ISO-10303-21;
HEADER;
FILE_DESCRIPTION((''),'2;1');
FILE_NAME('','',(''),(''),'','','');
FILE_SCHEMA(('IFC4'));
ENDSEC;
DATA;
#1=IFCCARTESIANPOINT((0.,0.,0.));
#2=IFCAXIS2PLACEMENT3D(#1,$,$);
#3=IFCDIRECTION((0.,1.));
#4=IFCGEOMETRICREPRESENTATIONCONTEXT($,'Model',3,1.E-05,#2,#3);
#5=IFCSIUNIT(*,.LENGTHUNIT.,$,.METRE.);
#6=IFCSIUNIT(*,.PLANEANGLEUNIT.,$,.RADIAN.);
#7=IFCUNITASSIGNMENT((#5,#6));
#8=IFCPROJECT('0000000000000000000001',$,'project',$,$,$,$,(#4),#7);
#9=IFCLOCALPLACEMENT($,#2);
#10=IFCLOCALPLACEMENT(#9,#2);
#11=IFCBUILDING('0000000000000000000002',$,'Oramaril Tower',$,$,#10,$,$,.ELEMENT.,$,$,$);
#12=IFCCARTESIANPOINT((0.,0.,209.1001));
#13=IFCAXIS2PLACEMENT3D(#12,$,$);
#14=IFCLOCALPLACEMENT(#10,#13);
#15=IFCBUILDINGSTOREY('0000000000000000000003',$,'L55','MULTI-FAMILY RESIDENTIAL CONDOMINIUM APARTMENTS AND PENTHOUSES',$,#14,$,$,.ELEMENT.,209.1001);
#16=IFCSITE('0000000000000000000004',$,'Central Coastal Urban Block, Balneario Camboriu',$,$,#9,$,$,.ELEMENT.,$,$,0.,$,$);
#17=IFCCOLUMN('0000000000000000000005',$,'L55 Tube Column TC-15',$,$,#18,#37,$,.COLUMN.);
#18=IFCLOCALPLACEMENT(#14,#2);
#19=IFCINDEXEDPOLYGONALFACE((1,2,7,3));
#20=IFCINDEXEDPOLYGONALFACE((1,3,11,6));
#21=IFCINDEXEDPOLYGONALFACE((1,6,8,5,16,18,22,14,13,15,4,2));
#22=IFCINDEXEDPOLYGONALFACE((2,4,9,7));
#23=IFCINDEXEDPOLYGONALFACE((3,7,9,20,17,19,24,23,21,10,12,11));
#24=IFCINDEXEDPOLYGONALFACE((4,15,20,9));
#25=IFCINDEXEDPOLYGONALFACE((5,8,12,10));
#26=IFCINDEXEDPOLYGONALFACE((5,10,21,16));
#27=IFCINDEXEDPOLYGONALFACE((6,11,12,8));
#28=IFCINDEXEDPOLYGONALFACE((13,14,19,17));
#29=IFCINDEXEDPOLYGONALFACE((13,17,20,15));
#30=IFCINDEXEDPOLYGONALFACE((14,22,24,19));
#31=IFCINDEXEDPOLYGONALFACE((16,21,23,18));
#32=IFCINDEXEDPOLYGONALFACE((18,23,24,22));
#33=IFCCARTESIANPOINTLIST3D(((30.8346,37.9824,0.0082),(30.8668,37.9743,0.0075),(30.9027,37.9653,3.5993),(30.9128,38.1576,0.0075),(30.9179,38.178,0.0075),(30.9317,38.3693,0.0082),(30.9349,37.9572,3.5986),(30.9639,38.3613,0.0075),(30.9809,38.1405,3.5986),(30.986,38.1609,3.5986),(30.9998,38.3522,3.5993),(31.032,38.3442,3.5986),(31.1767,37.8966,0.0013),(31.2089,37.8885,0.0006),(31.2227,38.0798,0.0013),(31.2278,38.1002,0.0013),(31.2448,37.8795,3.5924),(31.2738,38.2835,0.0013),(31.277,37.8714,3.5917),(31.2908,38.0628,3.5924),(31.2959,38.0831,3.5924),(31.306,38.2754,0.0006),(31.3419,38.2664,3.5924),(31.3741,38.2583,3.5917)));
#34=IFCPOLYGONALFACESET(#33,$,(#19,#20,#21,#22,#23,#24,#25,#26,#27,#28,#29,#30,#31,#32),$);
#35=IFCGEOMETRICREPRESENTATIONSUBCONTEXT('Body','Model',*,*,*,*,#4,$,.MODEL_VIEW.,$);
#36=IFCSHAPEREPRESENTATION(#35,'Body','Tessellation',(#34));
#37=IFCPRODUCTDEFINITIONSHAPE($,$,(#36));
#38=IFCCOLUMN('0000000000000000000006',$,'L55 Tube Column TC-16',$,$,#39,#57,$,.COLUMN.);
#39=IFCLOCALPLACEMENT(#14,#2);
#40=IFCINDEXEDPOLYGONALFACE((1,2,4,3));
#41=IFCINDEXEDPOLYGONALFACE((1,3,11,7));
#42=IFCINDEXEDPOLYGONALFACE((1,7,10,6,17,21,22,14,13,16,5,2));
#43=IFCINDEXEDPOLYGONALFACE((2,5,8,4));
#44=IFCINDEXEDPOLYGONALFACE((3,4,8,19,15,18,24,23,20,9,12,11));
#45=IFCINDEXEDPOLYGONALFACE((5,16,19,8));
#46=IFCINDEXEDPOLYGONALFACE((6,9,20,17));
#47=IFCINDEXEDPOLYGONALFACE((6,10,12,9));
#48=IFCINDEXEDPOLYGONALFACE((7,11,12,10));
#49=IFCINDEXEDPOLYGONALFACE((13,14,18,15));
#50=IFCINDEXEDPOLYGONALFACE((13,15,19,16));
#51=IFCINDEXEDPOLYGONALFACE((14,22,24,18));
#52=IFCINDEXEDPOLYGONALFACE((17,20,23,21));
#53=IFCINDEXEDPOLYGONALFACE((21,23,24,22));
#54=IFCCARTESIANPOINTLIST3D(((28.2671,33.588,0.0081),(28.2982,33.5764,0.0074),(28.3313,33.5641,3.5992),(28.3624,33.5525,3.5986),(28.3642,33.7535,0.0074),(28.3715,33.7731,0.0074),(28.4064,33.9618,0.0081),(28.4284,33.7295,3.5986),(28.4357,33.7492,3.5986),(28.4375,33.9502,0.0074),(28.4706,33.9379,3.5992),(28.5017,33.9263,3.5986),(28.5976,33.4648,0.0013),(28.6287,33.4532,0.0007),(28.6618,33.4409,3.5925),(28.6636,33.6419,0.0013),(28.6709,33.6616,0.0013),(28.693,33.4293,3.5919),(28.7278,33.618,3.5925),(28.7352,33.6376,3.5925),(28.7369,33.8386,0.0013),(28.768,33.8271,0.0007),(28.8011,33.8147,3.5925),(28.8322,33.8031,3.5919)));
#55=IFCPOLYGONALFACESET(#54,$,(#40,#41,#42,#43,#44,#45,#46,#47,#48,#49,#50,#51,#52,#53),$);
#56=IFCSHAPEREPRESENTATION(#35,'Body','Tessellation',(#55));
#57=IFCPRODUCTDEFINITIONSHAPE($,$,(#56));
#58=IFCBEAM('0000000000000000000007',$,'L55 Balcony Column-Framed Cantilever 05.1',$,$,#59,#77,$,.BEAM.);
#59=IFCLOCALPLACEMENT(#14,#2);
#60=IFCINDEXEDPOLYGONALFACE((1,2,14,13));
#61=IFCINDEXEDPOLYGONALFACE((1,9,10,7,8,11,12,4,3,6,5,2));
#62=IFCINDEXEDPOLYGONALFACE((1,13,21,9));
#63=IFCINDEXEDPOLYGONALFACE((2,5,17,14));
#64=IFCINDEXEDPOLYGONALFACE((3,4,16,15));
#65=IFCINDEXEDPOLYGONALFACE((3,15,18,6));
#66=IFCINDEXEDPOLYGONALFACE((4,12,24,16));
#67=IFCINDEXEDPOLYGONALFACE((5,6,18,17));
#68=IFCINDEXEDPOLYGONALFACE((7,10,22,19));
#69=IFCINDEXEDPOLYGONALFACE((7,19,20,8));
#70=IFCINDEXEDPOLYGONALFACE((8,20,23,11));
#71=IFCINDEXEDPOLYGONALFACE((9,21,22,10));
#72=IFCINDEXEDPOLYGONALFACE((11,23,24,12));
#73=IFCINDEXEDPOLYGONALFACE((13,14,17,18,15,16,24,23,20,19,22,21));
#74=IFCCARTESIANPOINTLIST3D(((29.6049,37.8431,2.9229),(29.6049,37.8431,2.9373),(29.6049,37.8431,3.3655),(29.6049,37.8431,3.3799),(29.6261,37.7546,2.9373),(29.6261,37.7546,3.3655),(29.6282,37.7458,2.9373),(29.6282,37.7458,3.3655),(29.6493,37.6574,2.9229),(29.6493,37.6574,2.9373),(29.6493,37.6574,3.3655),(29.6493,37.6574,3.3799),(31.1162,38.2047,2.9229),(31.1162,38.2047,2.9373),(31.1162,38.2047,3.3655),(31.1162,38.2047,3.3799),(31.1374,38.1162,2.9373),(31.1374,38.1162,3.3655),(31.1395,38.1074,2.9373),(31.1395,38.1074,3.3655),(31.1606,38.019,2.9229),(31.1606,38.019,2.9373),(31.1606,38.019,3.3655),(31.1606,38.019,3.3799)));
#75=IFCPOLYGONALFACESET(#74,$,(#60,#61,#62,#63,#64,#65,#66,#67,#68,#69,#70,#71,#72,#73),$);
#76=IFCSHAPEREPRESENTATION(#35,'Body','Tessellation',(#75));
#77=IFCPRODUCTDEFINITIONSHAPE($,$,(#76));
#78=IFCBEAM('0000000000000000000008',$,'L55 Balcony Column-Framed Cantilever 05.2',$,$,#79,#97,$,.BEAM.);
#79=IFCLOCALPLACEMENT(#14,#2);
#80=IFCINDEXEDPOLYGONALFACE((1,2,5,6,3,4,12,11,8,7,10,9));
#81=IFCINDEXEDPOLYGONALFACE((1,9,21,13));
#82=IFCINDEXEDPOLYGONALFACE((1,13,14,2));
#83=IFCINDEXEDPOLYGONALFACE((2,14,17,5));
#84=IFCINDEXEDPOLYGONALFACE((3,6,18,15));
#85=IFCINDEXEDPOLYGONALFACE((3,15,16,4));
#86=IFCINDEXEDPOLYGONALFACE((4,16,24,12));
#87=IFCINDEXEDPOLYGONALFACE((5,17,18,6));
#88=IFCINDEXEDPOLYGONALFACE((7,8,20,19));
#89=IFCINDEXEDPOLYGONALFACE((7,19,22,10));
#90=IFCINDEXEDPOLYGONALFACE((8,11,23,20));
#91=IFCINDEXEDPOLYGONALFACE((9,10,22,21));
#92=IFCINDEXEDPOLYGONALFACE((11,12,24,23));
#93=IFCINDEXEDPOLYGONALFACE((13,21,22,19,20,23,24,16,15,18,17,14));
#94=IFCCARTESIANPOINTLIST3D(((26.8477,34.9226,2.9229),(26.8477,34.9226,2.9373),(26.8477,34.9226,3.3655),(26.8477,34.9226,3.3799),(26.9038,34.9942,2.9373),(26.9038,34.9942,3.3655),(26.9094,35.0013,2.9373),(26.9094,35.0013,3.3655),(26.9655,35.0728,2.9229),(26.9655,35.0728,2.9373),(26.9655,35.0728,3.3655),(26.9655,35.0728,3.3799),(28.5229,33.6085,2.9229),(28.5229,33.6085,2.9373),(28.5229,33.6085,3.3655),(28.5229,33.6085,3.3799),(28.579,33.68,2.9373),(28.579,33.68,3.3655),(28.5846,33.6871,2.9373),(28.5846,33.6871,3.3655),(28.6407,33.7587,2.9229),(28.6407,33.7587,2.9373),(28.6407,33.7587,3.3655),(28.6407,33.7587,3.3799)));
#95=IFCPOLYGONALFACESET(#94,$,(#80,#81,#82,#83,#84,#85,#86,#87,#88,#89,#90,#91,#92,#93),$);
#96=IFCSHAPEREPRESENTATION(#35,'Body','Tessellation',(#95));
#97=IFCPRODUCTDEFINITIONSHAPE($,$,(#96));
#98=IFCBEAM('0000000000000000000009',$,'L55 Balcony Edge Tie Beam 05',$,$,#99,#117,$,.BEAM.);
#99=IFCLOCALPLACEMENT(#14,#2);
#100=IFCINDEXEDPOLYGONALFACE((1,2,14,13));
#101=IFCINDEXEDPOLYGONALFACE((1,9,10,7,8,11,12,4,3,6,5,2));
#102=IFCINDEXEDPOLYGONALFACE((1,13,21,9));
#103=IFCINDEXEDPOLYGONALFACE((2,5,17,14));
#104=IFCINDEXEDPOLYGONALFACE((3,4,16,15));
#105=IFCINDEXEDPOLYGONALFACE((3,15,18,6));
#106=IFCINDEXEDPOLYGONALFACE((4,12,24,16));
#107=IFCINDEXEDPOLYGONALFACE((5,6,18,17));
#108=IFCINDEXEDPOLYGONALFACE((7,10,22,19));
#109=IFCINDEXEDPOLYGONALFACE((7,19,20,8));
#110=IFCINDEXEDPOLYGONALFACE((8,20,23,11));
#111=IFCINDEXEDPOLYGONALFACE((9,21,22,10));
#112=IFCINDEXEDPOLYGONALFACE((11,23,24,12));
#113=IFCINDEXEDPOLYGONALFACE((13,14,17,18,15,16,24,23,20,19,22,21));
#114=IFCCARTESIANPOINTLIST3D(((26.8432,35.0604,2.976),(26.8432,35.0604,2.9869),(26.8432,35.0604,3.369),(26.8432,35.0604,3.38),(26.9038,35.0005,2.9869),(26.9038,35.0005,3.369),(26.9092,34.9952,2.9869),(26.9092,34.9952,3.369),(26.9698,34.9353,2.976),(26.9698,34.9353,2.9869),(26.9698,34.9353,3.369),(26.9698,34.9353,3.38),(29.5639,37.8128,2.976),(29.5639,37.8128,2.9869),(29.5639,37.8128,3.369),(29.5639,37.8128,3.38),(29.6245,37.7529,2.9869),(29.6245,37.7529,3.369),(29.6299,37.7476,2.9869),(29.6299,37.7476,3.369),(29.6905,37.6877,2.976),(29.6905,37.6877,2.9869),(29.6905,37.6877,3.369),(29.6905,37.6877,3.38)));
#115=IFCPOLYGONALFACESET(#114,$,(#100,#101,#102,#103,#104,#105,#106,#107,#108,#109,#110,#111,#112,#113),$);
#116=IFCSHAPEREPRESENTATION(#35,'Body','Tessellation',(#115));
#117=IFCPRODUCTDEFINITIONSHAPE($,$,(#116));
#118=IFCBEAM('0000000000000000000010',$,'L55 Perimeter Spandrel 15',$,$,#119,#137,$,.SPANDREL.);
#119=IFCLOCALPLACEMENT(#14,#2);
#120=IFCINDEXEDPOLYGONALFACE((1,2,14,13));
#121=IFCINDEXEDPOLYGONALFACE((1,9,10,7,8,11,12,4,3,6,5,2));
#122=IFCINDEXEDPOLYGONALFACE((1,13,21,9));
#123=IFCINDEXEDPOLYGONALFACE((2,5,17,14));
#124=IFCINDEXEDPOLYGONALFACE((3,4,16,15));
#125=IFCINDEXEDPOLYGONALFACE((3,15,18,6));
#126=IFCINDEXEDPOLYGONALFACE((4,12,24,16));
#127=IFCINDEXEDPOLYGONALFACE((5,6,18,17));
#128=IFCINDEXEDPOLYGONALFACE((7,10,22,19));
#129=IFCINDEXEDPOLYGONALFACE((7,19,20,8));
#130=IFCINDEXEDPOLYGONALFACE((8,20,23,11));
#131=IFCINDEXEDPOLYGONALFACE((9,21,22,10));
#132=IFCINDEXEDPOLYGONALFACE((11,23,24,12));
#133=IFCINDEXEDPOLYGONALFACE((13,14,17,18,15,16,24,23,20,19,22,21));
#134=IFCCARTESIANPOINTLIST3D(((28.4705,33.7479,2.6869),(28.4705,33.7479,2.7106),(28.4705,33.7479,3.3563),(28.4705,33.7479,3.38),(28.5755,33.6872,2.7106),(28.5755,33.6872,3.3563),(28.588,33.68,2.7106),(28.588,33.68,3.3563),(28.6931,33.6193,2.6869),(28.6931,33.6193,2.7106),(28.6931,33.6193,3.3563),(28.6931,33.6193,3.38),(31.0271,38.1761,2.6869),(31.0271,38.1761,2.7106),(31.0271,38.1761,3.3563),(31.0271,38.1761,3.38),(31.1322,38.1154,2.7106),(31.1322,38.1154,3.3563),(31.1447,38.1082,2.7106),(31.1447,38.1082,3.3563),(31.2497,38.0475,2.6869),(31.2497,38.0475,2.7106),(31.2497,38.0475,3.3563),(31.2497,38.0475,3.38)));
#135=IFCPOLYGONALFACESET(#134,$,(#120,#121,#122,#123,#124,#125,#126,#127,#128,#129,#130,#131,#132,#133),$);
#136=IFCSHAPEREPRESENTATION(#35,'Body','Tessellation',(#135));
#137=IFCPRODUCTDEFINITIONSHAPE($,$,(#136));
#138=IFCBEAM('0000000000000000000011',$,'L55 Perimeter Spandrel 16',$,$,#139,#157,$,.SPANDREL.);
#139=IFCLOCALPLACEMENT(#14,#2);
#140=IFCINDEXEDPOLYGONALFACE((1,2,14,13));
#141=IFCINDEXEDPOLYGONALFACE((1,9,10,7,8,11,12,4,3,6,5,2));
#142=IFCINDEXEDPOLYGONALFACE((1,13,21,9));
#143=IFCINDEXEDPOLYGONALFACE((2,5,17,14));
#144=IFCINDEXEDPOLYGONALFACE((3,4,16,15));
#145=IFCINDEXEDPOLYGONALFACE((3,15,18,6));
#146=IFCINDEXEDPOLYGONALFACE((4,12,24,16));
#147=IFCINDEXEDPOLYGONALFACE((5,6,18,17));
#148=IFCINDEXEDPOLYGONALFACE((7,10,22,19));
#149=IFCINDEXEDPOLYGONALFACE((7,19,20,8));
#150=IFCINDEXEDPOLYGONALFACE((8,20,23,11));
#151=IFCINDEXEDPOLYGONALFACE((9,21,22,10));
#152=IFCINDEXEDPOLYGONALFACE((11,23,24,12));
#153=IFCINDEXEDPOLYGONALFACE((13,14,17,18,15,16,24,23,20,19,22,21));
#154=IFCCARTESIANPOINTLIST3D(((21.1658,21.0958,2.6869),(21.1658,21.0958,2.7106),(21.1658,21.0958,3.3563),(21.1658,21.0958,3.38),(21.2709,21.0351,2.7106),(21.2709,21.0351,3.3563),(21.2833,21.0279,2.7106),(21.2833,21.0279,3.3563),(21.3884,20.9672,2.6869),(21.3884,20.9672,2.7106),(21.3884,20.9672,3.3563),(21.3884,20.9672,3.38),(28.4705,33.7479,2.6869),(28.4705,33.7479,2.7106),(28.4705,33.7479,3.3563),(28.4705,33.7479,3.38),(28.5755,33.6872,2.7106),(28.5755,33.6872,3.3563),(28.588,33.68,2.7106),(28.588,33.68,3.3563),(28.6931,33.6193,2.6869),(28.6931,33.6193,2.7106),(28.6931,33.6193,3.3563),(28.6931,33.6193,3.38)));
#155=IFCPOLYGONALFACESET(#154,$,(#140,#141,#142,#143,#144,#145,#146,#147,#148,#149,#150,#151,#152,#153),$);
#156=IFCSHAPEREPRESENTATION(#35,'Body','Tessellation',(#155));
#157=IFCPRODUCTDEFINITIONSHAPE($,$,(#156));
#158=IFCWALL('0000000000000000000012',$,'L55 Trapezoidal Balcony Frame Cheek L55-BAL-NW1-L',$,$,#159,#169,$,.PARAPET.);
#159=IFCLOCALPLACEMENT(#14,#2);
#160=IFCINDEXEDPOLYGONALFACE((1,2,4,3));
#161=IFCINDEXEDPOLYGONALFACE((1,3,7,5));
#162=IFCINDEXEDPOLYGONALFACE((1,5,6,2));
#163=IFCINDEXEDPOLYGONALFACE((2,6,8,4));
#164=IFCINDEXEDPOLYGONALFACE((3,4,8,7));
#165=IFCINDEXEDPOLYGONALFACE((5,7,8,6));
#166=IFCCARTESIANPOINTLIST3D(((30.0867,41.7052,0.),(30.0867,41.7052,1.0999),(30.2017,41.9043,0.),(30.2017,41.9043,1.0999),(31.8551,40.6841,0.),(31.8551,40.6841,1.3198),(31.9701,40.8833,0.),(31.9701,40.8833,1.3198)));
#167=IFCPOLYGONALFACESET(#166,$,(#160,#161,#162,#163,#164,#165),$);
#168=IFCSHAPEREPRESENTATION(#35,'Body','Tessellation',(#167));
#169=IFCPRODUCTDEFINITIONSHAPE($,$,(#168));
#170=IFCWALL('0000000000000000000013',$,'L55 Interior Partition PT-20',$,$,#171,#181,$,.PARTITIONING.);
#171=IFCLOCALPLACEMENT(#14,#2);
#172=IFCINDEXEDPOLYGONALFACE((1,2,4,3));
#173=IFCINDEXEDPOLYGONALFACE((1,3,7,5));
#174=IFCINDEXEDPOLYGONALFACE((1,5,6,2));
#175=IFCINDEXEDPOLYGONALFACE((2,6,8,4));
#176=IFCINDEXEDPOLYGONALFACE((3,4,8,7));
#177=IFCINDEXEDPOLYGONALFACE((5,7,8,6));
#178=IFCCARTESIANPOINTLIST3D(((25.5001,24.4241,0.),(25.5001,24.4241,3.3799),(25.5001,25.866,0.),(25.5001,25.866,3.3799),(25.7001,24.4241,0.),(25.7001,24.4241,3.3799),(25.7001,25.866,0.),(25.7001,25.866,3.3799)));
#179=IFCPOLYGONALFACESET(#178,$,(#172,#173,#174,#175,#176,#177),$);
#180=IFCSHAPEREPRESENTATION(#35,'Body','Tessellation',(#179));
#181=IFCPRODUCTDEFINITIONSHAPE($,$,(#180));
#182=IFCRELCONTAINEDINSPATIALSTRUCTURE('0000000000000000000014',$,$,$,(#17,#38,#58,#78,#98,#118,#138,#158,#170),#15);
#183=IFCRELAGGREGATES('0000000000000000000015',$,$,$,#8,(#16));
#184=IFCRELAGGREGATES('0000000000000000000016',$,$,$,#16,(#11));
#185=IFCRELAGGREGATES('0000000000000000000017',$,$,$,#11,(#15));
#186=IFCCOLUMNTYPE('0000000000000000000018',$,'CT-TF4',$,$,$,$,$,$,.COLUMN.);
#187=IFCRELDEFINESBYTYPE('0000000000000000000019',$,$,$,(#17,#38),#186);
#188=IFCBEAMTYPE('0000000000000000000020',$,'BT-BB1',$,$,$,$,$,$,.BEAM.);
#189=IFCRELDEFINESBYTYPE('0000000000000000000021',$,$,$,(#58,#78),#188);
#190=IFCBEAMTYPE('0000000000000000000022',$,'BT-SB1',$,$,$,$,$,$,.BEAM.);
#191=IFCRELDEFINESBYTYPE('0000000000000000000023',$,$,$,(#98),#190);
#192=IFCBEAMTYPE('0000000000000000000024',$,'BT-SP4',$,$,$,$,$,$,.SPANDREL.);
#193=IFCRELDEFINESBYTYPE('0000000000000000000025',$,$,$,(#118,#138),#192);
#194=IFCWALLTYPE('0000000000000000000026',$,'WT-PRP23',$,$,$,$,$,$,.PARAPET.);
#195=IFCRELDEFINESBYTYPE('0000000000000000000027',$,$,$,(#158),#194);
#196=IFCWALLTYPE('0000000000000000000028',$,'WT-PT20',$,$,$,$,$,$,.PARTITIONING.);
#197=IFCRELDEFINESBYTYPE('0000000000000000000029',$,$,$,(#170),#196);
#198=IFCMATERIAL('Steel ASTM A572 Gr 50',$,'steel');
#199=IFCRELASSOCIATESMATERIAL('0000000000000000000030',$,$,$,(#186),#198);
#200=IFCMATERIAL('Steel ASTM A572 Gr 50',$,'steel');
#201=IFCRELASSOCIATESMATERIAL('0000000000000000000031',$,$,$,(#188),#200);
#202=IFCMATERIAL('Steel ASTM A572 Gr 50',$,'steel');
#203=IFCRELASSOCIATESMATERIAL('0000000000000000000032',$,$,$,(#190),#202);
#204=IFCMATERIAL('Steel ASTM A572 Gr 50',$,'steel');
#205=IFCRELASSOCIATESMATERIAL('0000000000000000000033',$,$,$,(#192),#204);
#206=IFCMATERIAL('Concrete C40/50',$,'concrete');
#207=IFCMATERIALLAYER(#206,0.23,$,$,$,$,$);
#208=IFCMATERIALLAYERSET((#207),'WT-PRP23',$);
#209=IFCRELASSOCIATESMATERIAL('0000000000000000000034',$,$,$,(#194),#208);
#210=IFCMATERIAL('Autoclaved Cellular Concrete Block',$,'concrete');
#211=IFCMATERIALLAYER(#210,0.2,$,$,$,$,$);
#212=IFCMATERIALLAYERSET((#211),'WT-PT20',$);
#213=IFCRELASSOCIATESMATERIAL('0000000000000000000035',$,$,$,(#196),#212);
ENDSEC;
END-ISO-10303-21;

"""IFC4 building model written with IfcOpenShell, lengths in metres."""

from ifc_helpers import new_model, si_unit, direction, frame, frame_2d, origin, origin_2d, place, context, subcontext, project, spatial, polyline, rectangle, i_section, outline, extrude, material, layer, layer_set, material_profile, profile_set, type_object, element, save


model = new_model("IFC4")

# Units and contexts
model_context = context("Model", 3, precision=1e-05, world=origin(), true_north=direction((0.0, 1.0)))
body_context = subcontext(model_context, "Body", "Model", "MODEL_VIEW")
ifc_project = project(units=[si_unit("LENGTHUNIT", "METRE"), si_unit("PLANEANGLEUNIT", "RADIAN")], contexts=[model_context])

# Site, building, storey
site_placement = place(None, origin())
site = spatial("IfcSite", under=ifc_project, at=site_placement, Name="Central Coastal Urban Block, Balneario Camboriu", CompositionType="ELEMENT", RefElevation=0.0)
building_placement = place(site_placement, origin())
building = spatial("IfcBuilding", under=site, at=building_placement, Name="Oramaril Tower", CompositionType="ELEMENT")
storey_placement = place(building_placement, frame((0.0, 0.0, 209.1001)))
storey = spatial("IfcBuildingStorey", under=building, at=storey_placement, Name="L55", Description="MULTI-FAMILY RESIDENTIAL CONDOMINIUM APARTMENTS AND PENTHOUSES", CompositionType="ELEMENT", Elevation=209.1001)

# Columns
ifc_material_1 = material(Name="Steel ASTM A572 Gr 50", Category="steel")
ifc_material_profile_1 = material_profile(ifc_material_1, i_section(OverallWidth=0.3989, OverallDepth=0.386, WebThickness=0.021, FlangeThickness=0.0332, at=origin_2d()), Name="W14X176")
ifc_profile_set_1 = profile_set([ifc_material_profile_1], Name="Steel ASTM A572 Gr 50")
column_type = type_object("IfcColumnType", Name="CT-TF4", PredefinedType="COLUMN", material=ifc_profile_set_1)
for number, where, z_axis, x_axis, name in (
    (1, (31.0703, 38.1289, 0.0044), (0.018964, -0.004758, 0.999809), (0.243354, 0.969938, 0.0), "L55 Tube Column TC-15"),
    (2, (28.5176, 33.7075, 0.0044), (0.017877, -0.006661, 0.999818), (0.34917, 0.937059, 0.0), "L55 Tube Column TC-16"),
):
    element("IfcColumn", number, at=place(storey_placement, frame(where, z_axis=z_axis, x_axis=x_axis)), inside=storey, type_object=column_type, Name=name, PredefinedType="COLUMN", context=body_context, shape_type="SweptSolid", body=[
        extrude(i_section(OverallWidth=0.3989, OverallDepth=0.386, WebThickness=0.021, FlangeThickness=0.0332, at=origin_2d()), origin(), (0.0, 0.0, 1.0), 3.5918),
    ])

# Beams
ifc_material_2 = material(Name="Steel ASTM A572 Gr 50", Category="steel")
ifc_material_profile_2 = material_profile(ifc_material_2, i_section(OverallWidth=0.1909, OverallDepth=0.457, WebThickness=0.009, FlangeThickness=0.0144, at=origin_2d()), Name="W18X50")
ifc_profile_set_2 = profile_set([ifc_material_profile_2], Name="Steel ASTM A572 Gr 50")
beam_type_1 = type_object("IfcBeamType", Name="BT-BB1", PredefinedType="BEAM", material=ifc_profile_set_2)
beam_1_placement = place(storey_placement, frame((31.1384, 38.1118, 3.1514), z_axis=(-0.972551, -0.23269, 0.0), x_axis=(0.23269, -0.972551, 0.0)))
element("IfcBeam", 3, at=beam_1_placement, inside=storey, type_object=beam_type_1, Name="L55 Balcony Column-Framed Cantilever 05.1", PredefinedType="BEAM", context=body_context, shape_type="SweptSolid", body=[
    extrude(i_section(OverallWidth=0.1909, OverallDepth=0.457, WebThickness=0.009, FlangeThickness=0.0144, at=origin_2d()), origin(), (0.0, 0.0, 1.0), 1.554),
])
beam_2_placement = place(storey_placement, frame((28.5818, 33.6836, 3.1514), z_axis=(-0.786796, 0.617214, 0.0), x_axis=(-0.617214, -0.786796, 0.0)))
element("IfcBeam", 4, at=beam_2_placement, inside=storey, type_object=beam_type_1, Name="L55 Balcony Column-Framed Cantilever 05.2", PredefinedType="BEAM", context=body_context, shape_type="SweptSolid", body=[
    extrude(i_section(OverallWidth=0.1909, OverallDepth=0.457, WebThickness=0.009, FlangeThickness=0.0144, at=origin_2d()), origin(), (0.0, 0.0, 1.0), 2.1292),
])
ifc_material_3 = material(Name="Steel ASTM A572 Gr 50", Category="steel")
ifc_material_profile_3 = material_profile(ifc_material_3, i_section(OverallWidth=0.178, OverallDepth=0.4041, WebThickness=0.0076, FlangeThickness=0.011, at=origin_2d()), Name="W16X36")
ifc_profile_set_3 = profile_set([ifc_material_profile_3], Name="Steel ASTM A572 Gr 50")
beam_type_2 = type_object("IfcBeamType", Name="BT-SB1", PredefinedType="BEAM", material=ifc_profile_set_3)
beam_3_placement = place(storey_placement, frame((29.6272, 37.7502, 3.178), z_axis=(-0.702995, -0.711195, 0.0), x_axis=(0.711195, -0.702995, 0.0)))
element("IfcBeam", 5, at=beam_3_placement, inside=storey, type_object=beam_type_2, Name="L55 Balcony Edge Tie Beam 05", PredefinedType="BEAM", context=body_context, shape_type="SweptSolid", body=[
    extrude(i_section(OverallWidth=0.178, OverallDepth=0.4041, WebThickness=0.0076, FlangeThickness=0.011, at=origin_2d()), origin(), (0.0, 0.0, 1.0), 3.8701),
])
ifc_material_4 = material(Name="Steel ASTM A572 Gr 50", Category="steel")
ifc_material_profile_4 = material_profile(ifc_material_4, i_section(OverallWidth=0.2571, OverallDepth=0.6931, WebThickness=0.0144, FlangeThickness=0.0237, at=origin_2d()), Name="W27X114")
ifc_profile_set_4 = profile_set([ifc_material_profile_4], Name="Steel ASTM A572 Gr 50")
beam_type_3 = type_object("IfcBeamType", Name="BT-SP4", PredefinedType="SPANDREL", material=ifc_profile_set_4)
beam_4_placement = place(storey_placement, frame((31.1384, 38.1118, 3.0334), z_axis=(-0.500001, -0.866025, 0.0), x_axis=(0.866025, -0.500001, 0.0)))
element("IfcBeam", 6, at=beam_4_placement, inside=storey, type_object=beam_type_3, Name="L55 Perimeter Spandrel 15", PredefinedType="SPANDREL", context=body_context, shape_type="SweptSolid", body=[
    extrude(i_section(OverallWidth=0.2571, OverallDepth=0.6931, WebThickness=0.0144, FlangeThickness=0.0237, at=origin_2d()), origin(), (0.0, 0.0, 1.0), 5.1133),
])
beam_5_placement = place(storey_placement, frame((28.5818, 33.6836, 3.0334), z_axis=(-0.5, -0.866026, 0.0), x_axis=(0.866026, -0.5, 0.0)))
element("IfcBeam", 7, at=beam_5_placement, inside=storey, type_object=beam_type_3, Name="L55 Perimeter Spandrel 16", PredefinedType="SPANDREL", context=body_context, shape_type="SweptSolid", body=[
    extrude(i_section(OverallWidth=0.2571, OverallDepth=0.6931, WebThickness=0.0144, FlangeThickness=0.0237, at=origin_2d()), origin(), (0.0, 0.0, 1.0), 14.6094),
])

# Wall
ifc_material_5 = material(Name="Concrete C40/50", Category="concrete")
ifc_layer_1 = layer(ifc_material_5, 0.23)
ifc_layer_set_1 = layer_set([ifc_layer_1], Name="WT-PRP23")
wall_type_1 = type_object("IfcWallType", Name="WT-PRP23", PredefinedType="PARAPET", material=ifc_layer_set_1)
wall_1_placement = place(storey_placement, frame((31.9126, 40.7837, 0.0), z_axis=(0.0, 0.0, 1.0), x_axis=(-0.866012, 0.500023, 0.0)))
element("IfcWall", 8, at=wall_1_placement, inside=storey, type_object=wall_type_1, Name="L55 Trapezoidal Balcony Frame Cheek L55-BAL-NW1-L", PredefinedType="PARAPET", context=body_context, shape_type="SweptSolid", body=[
    extrude(outline(polyline([(0.0, 0.0), (2.042, 0.0), (2.042, 1.0999), (0.0, 1.3198), (0.0, 0.0)])), frame((0.0, 0.115, 0.0), z_axis=(0.0, -1.0, 0.0), x_axis=(1.0, 0.0, 0.0)), (0.0, 0.0, 1.0), 0.23),
])

# Shared definitions
ifc_material_6 = material(Name="Autoclaved Cellular Concrete Block", Category="concrete")
ifc_layer_2 = layer(ifc_material_6, 0.2)
ifc_layer_set_2 = layer_set([ifc_layer_2], Name="WT-PT20")
wall_type_2 = type_object("IfcWallType", Name="WT-PT20", PredefinedType="PARTITIONING", material=ifc_layer_set_2)

# Wall
wall_2_placement = place(storey_placement, frame((25.6001, 24.4241, 0.0), z_axis=(0.0, 0.0, 1.0), x_axis=(0.0, 1.0, 0.0)))
element("IfcWall", 9, at=wall_2_placement, inside=storey, type_object=wall_type_2, Name="L55 Interior Partition PT-20", PredefinedType="PARTITIONING", context=body_context, shape_type="SweptSolid", body=[
    extrude(rectangle(XDim=1.4419, YDim=0.2, at=frame_2d((0.7209, 0.0))), origin(), (0.0, 0.0, 1.0), 3.3799),
])

save(model, "model.ifc")
